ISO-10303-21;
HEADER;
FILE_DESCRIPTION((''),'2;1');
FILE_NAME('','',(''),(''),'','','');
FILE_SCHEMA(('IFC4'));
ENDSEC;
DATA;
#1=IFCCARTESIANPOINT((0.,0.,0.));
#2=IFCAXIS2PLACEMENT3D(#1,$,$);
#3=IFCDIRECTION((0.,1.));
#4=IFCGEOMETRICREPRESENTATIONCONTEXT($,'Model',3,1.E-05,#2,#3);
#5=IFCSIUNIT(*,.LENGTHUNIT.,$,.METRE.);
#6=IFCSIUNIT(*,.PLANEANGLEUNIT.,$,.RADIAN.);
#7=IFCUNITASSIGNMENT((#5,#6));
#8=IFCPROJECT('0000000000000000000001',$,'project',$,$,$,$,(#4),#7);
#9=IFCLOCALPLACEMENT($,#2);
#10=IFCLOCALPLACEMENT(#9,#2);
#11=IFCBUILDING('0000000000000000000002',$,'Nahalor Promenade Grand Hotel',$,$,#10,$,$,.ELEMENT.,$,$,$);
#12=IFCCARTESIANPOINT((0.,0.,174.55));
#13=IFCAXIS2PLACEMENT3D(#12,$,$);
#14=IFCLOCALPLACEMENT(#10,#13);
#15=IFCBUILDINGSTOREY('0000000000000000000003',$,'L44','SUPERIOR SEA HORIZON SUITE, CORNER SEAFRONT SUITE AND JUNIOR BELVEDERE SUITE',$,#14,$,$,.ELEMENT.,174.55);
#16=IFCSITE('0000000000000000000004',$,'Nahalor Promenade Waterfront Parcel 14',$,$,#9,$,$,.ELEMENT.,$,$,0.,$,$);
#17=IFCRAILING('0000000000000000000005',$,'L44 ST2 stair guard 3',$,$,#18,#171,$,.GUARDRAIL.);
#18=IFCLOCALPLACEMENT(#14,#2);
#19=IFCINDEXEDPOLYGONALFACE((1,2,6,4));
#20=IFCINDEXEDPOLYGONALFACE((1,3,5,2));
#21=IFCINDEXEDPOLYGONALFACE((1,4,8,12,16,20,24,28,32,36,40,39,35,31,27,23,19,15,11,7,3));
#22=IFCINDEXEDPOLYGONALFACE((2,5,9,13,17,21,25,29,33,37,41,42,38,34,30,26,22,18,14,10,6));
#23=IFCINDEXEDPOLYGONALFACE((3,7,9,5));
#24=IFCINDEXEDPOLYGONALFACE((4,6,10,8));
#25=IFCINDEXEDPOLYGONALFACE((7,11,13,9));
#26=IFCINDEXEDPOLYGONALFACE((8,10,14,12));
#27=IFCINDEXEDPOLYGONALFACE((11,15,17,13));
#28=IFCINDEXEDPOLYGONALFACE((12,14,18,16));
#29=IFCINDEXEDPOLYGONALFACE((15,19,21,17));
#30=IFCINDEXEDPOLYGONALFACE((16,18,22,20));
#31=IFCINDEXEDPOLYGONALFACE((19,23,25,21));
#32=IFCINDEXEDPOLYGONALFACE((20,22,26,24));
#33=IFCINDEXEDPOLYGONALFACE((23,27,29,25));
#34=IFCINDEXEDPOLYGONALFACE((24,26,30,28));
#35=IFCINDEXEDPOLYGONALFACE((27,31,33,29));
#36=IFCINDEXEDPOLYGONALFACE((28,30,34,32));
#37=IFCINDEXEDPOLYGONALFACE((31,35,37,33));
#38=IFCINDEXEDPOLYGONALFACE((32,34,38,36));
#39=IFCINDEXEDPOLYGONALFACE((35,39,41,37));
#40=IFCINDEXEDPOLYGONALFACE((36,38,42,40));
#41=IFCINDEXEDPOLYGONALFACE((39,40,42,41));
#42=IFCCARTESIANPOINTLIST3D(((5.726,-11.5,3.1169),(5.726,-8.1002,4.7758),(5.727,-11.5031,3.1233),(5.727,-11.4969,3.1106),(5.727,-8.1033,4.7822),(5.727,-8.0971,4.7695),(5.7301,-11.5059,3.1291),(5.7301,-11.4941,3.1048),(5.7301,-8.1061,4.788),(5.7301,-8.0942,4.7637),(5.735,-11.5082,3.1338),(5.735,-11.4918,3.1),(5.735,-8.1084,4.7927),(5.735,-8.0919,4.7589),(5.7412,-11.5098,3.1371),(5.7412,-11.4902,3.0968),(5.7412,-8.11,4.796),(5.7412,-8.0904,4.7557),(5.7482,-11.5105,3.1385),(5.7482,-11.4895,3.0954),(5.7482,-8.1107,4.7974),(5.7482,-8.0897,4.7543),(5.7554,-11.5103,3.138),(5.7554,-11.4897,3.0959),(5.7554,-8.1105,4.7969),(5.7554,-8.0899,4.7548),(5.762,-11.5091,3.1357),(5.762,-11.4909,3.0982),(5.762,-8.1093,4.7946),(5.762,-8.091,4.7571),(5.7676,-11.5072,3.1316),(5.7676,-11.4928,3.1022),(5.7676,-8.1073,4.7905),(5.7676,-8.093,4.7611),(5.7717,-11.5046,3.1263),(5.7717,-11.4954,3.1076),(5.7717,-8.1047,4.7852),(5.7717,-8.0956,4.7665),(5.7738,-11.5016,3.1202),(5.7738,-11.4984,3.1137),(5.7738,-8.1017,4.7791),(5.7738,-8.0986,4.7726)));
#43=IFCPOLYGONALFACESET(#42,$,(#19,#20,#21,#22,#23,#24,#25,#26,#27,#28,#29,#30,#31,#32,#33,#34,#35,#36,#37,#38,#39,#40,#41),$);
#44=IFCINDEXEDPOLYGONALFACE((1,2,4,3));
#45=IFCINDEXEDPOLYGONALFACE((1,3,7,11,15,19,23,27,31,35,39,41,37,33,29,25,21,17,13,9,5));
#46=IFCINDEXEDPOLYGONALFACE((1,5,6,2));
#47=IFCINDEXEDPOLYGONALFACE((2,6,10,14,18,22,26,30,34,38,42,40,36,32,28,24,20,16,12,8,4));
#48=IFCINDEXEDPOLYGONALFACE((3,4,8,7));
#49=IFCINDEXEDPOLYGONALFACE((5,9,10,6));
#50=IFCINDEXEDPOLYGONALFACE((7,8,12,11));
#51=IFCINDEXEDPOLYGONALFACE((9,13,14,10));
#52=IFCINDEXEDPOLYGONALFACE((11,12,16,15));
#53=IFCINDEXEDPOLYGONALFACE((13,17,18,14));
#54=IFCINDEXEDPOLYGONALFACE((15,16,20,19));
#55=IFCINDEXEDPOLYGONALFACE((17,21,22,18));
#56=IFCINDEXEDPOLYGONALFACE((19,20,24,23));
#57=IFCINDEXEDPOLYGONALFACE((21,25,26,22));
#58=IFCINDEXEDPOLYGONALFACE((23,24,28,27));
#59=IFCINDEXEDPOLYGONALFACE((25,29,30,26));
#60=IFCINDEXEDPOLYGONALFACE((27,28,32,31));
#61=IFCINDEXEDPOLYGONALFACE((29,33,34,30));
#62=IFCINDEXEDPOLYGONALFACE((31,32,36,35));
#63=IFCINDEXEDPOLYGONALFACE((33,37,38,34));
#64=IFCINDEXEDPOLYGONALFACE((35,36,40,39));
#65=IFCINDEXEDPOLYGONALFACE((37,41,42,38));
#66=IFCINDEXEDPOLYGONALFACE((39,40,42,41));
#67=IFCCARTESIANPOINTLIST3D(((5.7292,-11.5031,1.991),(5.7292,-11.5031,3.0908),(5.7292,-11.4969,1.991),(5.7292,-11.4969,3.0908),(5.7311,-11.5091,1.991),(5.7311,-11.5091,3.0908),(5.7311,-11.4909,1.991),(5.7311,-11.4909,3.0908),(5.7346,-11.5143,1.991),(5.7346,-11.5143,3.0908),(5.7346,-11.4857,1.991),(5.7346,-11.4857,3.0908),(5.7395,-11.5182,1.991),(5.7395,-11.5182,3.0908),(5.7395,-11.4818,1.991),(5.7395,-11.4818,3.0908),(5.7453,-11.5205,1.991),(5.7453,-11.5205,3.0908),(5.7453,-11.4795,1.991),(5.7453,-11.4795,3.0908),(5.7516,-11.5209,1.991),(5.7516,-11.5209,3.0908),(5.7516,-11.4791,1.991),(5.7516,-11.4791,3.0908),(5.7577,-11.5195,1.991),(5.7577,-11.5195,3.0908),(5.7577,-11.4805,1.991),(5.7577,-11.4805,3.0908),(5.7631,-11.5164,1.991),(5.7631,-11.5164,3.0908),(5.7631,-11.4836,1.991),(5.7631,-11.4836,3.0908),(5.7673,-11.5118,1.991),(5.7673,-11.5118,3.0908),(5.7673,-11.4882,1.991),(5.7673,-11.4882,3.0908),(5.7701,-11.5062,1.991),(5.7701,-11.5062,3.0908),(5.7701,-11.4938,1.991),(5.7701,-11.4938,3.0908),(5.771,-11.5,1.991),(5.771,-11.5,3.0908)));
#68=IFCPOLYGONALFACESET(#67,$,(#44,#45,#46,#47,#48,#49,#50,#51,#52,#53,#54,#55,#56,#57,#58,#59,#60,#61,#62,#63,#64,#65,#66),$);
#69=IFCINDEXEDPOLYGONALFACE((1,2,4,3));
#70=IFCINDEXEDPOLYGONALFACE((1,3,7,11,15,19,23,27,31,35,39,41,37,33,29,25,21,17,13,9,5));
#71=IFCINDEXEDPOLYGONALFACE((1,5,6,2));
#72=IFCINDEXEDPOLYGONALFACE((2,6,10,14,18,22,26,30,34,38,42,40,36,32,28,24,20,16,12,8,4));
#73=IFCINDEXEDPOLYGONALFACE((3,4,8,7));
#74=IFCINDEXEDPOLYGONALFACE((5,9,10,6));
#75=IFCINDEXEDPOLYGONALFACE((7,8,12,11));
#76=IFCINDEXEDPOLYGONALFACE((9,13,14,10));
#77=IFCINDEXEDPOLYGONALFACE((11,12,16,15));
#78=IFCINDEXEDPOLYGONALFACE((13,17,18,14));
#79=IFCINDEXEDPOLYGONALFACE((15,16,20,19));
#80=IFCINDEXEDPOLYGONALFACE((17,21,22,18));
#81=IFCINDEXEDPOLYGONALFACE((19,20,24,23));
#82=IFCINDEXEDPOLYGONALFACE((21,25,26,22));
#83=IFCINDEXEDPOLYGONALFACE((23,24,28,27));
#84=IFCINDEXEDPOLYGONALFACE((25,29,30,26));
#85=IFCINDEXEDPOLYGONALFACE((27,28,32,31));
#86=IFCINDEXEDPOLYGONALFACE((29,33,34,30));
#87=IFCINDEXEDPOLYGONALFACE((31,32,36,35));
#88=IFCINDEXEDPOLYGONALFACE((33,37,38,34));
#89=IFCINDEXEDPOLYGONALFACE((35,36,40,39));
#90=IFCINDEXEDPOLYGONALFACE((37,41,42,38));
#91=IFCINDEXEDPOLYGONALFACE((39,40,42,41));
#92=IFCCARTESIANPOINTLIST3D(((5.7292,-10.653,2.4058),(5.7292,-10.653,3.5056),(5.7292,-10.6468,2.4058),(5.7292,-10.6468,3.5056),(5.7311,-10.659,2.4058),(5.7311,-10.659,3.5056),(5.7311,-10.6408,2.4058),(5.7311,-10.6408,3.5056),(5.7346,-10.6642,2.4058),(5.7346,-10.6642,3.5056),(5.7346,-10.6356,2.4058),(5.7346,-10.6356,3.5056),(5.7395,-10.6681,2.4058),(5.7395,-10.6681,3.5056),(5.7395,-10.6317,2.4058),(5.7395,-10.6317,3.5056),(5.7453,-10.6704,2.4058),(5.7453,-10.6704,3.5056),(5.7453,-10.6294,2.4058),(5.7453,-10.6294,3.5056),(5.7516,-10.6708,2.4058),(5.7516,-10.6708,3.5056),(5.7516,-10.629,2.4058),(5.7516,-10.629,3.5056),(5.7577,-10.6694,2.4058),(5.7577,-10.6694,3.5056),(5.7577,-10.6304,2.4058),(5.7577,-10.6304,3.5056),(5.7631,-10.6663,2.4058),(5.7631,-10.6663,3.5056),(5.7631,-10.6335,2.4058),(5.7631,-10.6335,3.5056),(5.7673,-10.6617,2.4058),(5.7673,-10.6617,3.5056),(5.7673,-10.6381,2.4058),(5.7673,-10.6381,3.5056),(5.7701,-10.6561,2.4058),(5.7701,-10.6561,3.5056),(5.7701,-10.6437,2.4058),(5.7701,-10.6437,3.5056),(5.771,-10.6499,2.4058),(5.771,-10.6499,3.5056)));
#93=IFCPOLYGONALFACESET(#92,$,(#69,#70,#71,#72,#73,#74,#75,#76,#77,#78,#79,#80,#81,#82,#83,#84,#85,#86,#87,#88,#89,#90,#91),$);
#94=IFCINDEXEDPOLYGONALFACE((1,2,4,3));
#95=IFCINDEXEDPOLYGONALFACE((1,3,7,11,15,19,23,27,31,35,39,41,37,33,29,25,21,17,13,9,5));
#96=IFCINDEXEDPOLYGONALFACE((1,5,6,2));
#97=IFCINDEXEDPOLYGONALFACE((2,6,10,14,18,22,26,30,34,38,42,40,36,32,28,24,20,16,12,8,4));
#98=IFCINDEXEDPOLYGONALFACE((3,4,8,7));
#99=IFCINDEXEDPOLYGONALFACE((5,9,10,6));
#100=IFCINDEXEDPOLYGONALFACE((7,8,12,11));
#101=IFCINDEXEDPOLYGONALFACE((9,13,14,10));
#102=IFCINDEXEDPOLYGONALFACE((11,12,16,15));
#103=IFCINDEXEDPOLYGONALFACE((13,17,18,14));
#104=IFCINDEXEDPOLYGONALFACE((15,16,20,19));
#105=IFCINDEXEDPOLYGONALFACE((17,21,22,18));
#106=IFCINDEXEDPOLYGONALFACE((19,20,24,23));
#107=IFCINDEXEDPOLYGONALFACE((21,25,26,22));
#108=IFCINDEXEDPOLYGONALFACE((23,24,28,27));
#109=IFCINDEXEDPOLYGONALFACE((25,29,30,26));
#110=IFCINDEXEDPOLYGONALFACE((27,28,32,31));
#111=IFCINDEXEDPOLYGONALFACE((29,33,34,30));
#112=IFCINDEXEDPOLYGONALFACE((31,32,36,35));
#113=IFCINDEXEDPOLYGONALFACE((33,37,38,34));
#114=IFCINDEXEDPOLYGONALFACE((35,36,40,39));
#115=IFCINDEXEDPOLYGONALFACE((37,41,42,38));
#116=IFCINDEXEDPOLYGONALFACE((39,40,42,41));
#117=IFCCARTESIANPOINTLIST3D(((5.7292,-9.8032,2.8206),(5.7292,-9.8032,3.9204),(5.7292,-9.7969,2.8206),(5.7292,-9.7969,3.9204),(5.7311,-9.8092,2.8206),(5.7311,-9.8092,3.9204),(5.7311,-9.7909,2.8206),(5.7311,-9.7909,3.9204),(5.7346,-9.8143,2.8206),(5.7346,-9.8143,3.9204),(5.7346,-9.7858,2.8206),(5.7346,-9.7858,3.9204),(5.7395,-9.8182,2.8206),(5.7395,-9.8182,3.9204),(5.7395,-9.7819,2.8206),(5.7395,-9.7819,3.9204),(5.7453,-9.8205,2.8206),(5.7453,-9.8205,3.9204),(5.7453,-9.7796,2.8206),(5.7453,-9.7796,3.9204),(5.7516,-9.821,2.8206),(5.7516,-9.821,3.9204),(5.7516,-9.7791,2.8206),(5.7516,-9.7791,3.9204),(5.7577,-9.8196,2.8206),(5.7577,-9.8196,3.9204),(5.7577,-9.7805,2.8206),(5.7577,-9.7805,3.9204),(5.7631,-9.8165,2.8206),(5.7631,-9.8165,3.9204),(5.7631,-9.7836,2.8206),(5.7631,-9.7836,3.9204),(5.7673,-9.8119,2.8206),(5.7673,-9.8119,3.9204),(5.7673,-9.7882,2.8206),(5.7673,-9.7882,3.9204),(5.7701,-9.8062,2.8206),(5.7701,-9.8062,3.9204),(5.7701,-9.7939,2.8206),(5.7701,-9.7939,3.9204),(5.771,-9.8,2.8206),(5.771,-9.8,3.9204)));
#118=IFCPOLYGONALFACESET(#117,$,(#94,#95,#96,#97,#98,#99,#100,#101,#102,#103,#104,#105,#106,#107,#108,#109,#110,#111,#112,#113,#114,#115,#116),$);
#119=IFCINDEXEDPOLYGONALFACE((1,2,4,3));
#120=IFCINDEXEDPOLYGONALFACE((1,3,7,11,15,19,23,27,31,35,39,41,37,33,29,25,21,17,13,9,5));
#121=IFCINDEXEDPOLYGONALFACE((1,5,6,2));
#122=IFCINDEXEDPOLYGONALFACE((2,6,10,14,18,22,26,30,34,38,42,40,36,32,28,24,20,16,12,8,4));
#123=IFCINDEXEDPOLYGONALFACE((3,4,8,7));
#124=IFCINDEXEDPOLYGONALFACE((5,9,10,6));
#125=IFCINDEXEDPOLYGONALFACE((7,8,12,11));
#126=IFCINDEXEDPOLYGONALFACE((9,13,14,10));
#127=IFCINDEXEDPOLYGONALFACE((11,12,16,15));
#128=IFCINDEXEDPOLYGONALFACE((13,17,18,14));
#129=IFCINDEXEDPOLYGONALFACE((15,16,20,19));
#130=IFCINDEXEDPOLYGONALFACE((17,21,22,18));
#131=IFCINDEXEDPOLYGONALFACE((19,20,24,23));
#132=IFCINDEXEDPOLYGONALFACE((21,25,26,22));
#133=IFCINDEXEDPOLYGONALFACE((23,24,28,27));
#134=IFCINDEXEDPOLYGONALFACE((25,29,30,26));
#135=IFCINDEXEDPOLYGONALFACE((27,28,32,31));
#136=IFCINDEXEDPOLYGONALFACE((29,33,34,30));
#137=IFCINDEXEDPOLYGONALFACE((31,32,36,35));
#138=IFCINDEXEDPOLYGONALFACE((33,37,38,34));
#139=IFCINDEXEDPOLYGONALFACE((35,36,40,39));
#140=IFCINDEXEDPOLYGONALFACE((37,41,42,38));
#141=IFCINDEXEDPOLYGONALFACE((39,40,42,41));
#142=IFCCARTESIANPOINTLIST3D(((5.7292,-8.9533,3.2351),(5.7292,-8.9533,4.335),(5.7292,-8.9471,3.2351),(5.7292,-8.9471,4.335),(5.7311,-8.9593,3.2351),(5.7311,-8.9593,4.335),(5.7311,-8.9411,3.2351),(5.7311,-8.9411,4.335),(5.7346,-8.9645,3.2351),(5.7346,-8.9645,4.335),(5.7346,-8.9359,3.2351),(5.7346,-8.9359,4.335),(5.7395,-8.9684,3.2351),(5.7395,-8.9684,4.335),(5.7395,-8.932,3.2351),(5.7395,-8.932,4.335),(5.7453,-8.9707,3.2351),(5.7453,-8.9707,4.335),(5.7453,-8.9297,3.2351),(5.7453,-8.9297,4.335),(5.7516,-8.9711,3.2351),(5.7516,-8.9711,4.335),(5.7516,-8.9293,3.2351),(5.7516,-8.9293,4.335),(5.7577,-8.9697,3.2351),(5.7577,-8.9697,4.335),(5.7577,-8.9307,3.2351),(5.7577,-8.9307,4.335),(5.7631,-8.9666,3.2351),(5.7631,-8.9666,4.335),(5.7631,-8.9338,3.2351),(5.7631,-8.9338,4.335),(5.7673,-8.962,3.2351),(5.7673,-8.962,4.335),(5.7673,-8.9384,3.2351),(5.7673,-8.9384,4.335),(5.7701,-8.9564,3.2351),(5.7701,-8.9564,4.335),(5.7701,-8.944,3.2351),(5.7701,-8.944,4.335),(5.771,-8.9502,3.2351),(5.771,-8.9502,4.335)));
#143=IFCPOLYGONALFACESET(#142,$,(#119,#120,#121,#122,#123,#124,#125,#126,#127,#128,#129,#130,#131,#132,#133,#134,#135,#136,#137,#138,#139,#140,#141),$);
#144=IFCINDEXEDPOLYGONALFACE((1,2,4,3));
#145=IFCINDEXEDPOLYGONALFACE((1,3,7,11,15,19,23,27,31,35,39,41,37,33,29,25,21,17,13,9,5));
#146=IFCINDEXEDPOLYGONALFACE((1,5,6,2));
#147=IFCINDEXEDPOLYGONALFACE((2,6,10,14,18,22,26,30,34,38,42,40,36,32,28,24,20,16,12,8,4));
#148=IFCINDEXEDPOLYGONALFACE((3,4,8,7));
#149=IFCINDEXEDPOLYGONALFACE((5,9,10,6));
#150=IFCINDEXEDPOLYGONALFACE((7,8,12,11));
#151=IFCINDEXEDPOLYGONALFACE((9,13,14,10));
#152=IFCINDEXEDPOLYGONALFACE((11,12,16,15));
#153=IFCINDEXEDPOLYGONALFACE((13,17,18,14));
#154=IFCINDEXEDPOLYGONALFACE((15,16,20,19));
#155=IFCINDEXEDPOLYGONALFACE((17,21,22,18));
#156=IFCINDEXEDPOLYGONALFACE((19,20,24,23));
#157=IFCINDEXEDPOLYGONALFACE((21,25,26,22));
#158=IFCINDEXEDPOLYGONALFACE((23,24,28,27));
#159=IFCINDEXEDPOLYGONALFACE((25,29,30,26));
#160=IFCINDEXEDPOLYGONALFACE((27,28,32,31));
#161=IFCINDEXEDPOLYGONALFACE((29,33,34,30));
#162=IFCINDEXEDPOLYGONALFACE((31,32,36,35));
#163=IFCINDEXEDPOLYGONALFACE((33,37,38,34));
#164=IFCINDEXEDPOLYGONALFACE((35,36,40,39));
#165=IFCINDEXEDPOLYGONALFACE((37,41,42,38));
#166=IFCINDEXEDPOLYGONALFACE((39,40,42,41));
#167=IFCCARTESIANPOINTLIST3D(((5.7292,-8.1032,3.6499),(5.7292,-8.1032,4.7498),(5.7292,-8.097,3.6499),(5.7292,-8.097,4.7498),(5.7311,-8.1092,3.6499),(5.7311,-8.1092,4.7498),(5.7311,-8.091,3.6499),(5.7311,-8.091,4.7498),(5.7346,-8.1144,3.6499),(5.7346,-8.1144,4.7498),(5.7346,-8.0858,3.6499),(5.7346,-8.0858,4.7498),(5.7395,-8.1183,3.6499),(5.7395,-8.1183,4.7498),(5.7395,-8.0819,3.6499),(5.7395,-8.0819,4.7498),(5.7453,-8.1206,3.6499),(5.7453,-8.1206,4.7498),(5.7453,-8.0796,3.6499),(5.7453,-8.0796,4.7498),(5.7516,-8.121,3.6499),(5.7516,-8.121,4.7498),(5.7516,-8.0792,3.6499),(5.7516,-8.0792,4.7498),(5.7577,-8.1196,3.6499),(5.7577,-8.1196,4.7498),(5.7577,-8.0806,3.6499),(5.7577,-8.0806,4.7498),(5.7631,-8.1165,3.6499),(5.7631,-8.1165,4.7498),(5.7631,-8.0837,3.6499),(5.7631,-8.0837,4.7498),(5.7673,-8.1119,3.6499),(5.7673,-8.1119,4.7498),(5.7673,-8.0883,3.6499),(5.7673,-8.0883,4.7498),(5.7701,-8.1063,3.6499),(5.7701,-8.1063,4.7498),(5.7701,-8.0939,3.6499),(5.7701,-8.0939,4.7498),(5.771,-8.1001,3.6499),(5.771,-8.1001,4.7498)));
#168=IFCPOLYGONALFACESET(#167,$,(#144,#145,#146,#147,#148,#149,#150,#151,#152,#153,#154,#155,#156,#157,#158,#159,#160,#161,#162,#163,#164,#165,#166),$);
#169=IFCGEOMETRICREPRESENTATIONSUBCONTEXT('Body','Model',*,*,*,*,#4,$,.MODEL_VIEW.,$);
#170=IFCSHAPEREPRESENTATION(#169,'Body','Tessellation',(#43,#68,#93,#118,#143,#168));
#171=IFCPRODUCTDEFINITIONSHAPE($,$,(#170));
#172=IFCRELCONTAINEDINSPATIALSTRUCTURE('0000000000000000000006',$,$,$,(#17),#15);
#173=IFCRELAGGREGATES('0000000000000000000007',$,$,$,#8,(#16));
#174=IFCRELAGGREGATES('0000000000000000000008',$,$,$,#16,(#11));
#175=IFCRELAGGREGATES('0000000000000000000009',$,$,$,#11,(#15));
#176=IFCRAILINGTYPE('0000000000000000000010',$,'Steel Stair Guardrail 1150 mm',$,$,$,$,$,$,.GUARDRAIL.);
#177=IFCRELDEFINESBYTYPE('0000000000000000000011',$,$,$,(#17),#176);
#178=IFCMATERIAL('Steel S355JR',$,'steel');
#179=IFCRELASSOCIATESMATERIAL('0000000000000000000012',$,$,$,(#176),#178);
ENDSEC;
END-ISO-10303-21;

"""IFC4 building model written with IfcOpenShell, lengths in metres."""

from ifc_helpers import new_model, si_unit, direction, frame, origin, origin_2d, place, context, subcontext, project, spatial, circle, extrude, material, type_object, element, save


model = new_model("IFC4")

# Units and contexts
model_context = context("Model", 3, precision=1e-05, world=origin(), true_north=direction((0.0, 1.0)))
body_context = subcontext(model_context, "Body", "Model", "MODEL_VIEW")
ifc_project = project(units=[si_unit("LENGTHUNIT", "METRE"), si_unit("PLANEANGLEUNIT", "RADIAN")], contexts=[model_context])

# Site, building, storey
site_placement = place(None, origin())
site = spatial("IfcSite", under=ifc_project, at=site_placement, Name="Nahalor Promenade Waterfront Parcel 14", CompositionType="ELEMENT", RefElevation=0.0)
building_placement = place(site_placement, origin())
building = spatial("IfcBuilding", under=site, at=building_placement, Name="Nahalor Promenade Grand Hotel", CompositionType="ELEMENT")
storey_placement = place(building_placement, frame((0.0, 0.0, 174.55)))
storey = spatial("IfcBuildingStorey", under=building, at=storey_placement, Name="L44", Description="SUPERIOR SEA HORIZON SUITE, CORNER SEAFRONT SUITE AND JUNIOR BELVEDERE SUITE", CompositionType="ELEMENT", Elevation=174.55)

# Shared definitions
ifc_material_1 = material(Name="Steel S355JR", Category="steel")

# Railing
railing_type_1 = type_object("IfcRailingType", Name="Steel Stair Guardrail 1150 mm", PredefinedType="GUARDRAIL", material=ifc_material_1)
railing_1_placement = place(storey_placement, frame((5.75, -11.5, 1.991)))
element("IfcRailing", 1, at=railing_1_placement, inside=storey, type_object=railing_type_1, Name="L44 ST2 stair guard 3", PredefinedType="GUARDRAIL", context=body_context, shape_type="SweptSolid", body=[
    extrude(circle(Radius=0.024, at=origin_2d()), frame((0.0, 0.0, 1.126), z_axis=(0.0, 0.898722, 0.438519), x_axis=(-1.0, 0.0, 0.0)), (0.0, 0.0, 1.0), 3.783),
    extrude(circle(Radius=0.021, at=origin_2d()), origin(), (0.0, 0.0, 1.0), 1.0999),
    extrude(circle(Radius=0.021, at=origin_2d()), frame((0.0, 0.8501, 0.4148)), (0.0, 0.0, 1.0), 1.0999),
    extrude(circle(Radius=0.021, at=origin_2d()), frame((0.0, 1.7, 0.8296)), (0.0, 0.0, 1.0), 1.0999),
    extrude(circle(Radius=0.021, at=origin_2d()), frame((0.0, 2.5498, 1.2441)), (0.0, 0.0, 1.0), 1.0999),
    extrude(circle(Radius=0.021, at=origin_2d()), frame((0.0, 3.3999, 1.6589)), (0.0, 0.0, 1.0), 1.0999),
])

save(model, "model.ifc")
